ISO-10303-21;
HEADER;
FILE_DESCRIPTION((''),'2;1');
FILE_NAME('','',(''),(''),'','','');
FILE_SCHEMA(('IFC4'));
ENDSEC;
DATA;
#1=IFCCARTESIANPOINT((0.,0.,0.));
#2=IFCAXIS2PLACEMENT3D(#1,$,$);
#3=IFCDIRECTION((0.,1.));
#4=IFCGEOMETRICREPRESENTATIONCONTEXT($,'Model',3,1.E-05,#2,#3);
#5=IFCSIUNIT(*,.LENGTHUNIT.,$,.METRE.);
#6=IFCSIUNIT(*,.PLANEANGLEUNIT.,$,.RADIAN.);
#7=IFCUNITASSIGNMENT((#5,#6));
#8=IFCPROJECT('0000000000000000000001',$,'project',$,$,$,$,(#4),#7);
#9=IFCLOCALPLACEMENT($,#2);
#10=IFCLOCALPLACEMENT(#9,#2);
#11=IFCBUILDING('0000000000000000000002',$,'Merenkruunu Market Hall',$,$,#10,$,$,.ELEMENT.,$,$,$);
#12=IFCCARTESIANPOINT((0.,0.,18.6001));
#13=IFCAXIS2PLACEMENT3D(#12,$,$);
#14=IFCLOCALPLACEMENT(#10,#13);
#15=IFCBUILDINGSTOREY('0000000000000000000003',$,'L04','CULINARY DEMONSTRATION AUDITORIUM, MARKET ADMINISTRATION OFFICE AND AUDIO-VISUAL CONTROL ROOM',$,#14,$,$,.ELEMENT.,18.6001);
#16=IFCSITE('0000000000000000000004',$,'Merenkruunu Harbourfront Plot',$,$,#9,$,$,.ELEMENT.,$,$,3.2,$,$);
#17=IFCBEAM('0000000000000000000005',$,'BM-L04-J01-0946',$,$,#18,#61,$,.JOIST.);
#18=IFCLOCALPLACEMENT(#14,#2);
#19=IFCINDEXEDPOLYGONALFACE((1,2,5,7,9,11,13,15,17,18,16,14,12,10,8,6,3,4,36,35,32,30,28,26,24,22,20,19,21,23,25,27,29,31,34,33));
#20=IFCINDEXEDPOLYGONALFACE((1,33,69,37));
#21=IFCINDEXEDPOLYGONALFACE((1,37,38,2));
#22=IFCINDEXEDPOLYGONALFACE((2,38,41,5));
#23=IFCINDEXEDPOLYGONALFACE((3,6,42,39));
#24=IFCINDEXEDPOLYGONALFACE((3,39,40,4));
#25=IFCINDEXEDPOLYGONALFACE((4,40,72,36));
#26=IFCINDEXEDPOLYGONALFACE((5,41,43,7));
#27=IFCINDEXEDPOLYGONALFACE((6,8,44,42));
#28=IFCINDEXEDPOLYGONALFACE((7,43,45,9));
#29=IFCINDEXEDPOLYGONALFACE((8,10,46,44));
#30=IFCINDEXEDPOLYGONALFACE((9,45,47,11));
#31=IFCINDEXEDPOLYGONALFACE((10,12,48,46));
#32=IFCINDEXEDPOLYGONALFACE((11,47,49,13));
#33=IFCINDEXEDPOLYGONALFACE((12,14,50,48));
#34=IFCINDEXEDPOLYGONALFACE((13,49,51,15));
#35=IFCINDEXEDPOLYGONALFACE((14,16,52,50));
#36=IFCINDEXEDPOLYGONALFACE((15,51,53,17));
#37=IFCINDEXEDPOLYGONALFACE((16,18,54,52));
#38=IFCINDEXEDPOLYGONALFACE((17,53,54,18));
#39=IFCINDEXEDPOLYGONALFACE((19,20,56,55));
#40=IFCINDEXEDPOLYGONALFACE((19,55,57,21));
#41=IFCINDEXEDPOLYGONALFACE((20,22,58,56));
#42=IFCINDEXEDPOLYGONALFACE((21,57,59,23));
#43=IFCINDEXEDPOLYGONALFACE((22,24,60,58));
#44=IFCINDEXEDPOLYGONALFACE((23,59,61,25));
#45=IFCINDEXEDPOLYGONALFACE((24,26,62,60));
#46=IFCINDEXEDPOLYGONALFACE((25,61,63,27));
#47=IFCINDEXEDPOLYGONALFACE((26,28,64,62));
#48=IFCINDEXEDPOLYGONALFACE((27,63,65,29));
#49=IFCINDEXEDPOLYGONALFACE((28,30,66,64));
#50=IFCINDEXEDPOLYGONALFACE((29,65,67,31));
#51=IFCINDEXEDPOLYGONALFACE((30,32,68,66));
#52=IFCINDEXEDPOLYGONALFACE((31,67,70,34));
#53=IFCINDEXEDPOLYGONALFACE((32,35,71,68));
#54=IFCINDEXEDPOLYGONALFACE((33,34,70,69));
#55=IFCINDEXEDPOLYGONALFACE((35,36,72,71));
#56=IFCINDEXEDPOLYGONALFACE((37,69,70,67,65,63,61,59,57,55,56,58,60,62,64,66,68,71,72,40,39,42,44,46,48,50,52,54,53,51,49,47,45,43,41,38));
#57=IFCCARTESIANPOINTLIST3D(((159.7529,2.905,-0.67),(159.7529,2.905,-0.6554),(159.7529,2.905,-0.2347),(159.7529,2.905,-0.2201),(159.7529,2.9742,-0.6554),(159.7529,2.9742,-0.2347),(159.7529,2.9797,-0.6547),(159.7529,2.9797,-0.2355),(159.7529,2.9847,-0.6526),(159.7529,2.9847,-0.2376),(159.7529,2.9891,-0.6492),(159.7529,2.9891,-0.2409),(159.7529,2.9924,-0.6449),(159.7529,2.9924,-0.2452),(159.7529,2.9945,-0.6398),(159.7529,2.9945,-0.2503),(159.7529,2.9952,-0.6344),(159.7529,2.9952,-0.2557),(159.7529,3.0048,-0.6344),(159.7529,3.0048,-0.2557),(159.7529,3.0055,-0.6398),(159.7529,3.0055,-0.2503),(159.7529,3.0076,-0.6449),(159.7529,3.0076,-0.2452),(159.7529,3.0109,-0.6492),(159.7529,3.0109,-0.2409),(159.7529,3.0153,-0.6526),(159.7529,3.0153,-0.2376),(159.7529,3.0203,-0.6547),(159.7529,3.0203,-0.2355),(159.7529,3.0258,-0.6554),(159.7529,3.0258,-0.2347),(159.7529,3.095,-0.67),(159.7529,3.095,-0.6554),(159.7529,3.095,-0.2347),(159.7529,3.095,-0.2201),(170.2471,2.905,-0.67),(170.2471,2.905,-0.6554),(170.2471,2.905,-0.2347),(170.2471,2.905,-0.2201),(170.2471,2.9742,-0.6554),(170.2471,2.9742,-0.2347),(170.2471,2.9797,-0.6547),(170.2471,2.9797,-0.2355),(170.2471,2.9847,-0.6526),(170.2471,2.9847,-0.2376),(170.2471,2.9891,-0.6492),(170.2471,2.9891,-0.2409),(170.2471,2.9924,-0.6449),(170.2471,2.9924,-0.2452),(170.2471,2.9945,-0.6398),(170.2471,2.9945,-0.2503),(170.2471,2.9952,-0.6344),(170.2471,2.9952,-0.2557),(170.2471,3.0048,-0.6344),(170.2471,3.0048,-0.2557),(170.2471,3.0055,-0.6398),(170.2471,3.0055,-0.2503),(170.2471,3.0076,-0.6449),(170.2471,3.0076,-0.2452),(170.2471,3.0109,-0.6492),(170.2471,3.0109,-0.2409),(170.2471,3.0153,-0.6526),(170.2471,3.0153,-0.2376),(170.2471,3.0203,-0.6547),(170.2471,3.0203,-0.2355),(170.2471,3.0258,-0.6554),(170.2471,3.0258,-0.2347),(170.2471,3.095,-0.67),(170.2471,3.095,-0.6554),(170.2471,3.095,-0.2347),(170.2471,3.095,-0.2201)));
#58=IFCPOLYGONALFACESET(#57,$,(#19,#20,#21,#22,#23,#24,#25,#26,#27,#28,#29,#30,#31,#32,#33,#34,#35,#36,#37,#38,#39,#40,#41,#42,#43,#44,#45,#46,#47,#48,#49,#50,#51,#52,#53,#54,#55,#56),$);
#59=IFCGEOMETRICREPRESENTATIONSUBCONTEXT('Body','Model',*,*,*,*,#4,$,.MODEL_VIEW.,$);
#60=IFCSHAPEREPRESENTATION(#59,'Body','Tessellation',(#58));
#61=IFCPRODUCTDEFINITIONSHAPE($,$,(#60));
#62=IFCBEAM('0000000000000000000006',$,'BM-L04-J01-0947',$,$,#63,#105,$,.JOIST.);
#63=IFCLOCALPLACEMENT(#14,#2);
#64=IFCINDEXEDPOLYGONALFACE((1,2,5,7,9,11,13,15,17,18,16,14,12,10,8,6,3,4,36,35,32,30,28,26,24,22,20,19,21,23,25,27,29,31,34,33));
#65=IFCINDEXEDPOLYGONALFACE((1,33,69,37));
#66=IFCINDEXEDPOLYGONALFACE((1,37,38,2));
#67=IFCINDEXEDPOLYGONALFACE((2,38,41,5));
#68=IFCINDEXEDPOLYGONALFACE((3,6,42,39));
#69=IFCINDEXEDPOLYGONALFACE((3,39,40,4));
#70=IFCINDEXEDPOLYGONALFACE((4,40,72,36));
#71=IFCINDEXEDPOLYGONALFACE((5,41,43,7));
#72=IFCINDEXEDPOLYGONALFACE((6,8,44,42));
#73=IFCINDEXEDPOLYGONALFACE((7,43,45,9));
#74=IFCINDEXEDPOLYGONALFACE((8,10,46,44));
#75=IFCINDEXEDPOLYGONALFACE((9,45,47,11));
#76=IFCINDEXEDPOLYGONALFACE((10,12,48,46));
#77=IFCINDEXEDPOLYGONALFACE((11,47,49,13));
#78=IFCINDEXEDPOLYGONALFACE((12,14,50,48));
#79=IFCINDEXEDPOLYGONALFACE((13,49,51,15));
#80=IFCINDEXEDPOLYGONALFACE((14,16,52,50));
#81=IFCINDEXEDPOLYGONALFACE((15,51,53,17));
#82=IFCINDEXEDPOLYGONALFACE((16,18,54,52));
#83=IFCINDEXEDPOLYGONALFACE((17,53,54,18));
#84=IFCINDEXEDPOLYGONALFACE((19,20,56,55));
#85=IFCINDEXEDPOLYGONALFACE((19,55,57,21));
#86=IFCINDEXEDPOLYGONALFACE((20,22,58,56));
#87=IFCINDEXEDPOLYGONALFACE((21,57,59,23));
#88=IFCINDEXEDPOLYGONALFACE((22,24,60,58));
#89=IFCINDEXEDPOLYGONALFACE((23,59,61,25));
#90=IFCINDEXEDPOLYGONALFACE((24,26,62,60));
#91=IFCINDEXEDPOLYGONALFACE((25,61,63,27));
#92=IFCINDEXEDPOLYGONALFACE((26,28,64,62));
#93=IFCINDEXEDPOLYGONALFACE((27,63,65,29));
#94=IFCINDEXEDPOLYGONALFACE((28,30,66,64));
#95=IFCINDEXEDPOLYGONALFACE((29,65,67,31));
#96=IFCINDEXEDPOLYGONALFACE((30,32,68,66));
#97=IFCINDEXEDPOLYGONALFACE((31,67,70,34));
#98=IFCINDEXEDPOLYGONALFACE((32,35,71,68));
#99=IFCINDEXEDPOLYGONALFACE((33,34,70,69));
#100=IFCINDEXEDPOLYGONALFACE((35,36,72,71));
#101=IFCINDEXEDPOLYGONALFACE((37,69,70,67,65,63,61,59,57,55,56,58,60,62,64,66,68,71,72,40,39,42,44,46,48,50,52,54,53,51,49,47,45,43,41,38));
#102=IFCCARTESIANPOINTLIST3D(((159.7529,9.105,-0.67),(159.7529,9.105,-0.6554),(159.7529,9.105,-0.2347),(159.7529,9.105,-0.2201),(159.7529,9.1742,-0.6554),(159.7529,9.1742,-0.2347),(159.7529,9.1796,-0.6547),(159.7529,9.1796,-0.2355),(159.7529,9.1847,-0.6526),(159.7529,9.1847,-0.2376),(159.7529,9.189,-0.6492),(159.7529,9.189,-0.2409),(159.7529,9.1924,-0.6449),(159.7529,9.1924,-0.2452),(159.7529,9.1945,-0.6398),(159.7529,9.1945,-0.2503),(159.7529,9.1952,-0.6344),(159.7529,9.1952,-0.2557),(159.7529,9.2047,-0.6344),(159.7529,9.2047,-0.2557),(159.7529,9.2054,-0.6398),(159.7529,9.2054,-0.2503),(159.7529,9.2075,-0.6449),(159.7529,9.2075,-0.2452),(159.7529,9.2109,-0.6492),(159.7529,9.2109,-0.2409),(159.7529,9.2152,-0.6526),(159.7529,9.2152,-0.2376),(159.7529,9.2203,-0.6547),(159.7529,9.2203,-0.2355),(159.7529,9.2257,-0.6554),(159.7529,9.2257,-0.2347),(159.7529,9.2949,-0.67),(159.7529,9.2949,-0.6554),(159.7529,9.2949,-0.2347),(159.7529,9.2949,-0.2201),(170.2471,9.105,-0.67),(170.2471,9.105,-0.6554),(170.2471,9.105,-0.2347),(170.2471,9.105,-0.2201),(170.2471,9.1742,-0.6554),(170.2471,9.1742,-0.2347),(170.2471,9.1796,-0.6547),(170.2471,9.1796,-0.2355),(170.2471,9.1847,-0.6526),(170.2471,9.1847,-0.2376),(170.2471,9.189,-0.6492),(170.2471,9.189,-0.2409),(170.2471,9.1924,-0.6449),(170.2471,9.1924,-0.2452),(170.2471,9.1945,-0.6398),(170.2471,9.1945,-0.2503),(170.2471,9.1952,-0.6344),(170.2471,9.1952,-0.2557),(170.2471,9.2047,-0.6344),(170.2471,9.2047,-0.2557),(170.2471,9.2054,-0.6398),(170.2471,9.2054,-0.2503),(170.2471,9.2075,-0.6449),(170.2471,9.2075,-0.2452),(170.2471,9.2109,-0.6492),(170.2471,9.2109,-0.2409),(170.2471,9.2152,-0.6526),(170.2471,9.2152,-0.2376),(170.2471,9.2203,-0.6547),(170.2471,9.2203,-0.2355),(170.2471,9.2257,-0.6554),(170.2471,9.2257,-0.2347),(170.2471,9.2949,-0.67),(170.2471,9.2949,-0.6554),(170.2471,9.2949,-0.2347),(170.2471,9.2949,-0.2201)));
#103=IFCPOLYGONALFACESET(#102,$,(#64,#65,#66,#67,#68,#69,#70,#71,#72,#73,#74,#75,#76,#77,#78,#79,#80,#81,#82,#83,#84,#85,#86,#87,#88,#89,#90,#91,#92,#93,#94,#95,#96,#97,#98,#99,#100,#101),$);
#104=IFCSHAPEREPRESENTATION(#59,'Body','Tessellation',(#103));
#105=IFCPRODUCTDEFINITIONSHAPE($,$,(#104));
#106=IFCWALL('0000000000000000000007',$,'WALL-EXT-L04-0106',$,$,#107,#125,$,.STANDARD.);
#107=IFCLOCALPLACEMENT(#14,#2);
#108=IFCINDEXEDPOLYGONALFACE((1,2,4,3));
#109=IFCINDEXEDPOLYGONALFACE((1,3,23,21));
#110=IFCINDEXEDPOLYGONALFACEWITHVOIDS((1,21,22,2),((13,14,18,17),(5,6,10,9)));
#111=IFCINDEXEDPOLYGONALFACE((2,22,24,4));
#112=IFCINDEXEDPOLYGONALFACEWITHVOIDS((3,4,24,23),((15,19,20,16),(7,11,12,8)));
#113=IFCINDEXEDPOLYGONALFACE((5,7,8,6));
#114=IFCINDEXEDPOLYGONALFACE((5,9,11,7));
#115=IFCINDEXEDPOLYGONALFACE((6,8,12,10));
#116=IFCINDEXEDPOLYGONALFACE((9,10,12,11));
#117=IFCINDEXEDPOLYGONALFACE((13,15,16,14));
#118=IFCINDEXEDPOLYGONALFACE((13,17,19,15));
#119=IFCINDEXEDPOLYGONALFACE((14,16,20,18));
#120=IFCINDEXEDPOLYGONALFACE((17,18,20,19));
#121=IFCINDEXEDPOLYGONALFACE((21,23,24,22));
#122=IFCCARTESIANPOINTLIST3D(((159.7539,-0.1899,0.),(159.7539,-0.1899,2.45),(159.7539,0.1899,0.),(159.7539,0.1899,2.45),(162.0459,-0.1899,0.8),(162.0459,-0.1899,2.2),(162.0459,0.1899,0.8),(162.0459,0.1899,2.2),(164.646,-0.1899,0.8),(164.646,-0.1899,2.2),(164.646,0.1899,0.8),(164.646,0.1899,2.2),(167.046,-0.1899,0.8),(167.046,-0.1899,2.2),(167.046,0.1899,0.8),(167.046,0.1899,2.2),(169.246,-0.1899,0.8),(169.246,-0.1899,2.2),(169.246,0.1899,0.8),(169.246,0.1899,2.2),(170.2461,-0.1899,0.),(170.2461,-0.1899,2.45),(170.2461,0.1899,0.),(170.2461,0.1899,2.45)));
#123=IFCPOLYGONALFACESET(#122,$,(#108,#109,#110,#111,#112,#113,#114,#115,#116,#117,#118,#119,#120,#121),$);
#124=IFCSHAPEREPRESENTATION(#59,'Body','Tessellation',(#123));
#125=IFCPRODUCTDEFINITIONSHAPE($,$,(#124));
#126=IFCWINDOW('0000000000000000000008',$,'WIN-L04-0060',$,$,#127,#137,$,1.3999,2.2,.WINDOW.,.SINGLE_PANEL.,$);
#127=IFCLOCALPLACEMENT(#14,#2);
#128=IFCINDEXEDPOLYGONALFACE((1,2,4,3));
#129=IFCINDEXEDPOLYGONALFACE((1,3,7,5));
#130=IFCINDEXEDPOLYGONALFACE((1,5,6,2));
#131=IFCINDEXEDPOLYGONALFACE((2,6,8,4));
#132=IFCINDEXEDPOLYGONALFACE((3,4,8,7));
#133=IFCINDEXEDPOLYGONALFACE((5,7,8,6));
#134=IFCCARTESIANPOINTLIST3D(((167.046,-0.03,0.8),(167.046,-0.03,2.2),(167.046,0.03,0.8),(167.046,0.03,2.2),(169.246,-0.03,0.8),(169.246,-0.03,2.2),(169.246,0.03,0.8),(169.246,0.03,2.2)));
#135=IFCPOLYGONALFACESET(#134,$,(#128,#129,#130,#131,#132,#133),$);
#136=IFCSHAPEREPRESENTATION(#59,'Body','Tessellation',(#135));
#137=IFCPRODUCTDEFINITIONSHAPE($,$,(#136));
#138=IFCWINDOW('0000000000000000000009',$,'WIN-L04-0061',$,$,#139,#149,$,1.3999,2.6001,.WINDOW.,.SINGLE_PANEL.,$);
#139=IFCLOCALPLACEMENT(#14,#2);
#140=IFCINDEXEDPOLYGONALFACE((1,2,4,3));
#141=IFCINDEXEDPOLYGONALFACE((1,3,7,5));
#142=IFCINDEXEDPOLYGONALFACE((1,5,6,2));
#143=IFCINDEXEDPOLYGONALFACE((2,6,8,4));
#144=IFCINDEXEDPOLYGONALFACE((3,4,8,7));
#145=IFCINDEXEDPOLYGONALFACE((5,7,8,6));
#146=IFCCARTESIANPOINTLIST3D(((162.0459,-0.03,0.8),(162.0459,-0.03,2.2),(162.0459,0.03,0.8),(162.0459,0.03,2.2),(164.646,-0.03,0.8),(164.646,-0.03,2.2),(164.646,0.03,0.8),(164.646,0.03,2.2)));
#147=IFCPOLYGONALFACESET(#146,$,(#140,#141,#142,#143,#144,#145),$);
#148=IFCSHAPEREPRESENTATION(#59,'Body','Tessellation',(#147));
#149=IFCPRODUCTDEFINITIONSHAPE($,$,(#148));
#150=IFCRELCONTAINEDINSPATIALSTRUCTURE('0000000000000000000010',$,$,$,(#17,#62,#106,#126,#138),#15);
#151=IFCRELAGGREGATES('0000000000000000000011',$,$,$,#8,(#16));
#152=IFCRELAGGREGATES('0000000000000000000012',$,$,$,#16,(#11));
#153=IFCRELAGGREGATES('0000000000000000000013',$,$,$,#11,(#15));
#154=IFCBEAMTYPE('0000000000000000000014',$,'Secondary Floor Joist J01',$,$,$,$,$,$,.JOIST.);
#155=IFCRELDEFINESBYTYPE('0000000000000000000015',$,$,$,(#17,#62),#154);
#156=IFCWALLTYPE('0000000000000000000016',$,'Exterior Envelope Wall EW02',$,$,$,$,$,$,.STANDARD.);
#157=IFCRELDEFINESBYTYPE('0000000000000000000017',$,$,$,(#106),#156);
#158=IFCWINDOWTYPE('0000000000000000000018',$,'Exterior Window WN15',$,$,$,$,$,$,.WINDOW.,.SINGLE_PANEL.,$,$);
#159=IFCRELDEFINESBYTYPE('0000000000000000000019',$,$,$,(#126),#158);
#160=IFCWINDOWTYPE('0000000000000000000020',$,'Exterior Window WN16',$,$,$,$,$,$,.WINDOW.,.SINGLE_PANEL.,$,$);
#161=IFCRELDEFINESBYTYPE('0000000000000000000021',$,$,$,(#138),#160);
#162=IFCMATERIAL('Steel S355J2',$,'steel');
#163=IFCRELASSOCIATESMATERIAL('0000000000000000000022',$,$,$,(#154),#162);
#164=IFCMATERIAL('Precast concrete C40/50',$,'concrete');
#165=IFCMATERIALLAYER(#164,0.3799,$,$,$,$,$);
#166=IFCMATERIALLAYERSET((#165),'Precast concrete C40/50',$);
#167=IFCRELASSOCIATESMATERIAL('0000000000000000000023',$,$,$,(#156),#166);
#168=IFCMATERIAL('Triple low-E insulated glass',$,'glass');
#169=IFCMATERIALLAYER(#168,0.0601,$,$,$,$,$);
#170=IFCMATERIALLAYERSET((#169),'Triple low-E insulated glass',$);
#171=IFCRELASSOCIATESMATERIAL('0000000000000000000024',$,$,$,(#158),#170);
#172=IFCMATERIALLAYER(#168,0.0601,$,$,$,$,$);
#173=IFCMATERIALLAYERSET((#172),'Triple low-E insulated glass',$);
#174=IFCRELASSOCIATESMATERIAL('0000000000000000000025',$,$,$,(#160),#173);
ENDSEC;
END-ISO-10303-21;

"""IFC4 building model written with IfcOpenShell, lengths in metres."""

from ifc_helpers import new_model, si_unit, direction, frame, frame_2d, origin, origin_2d, place, context, subcontext, project, spatial, rectangle, i_section, extrude, material, layer, layer_set, material_profile, profile_set, type_object, element, fill, save


model = new_model("IFC4")

# Units and contexts
model_context = context("Model", 3, precision=1e-05, world=origin(), true_north=direction((0.0, 1.0)))
body_context = subcontext(model_context, "Body", "Model", "MODEL_VIEW")
ifc_project = project(units=[si_unit("LENGTHUNIT", "METRE"), si_unit("PLANEANGLEUNIT", "RADIAN")], contexts=[model_context])

# Site, building, storey
site_placement = place(None, origin())
site = spatial("IfcSite", under=ifc_project, at=site_placement, Name="Merenkruunu Harbourfront Plot", CompositionType="ELEMENT", RefElevation=3.2)
building_placement = place(site_placement, origin())
building = spatial("IfcBuilding", under=site, at=building_placement, Name="Merenkruunu Market Hall", CompositionType="ELEMENT")
storey_placement = place(building_placement, frame((0.0, 0.0, 18.6001)))
storey = spatial("IfcBuildingStorey", under=building, at=storey_placement, Name="L04", Description="CULINARY DEMONSTRATION AUDITORIUM, MARKET ADMINISTRATION OFFICE AND AUDIO-VISUAL CONTROL ROOM", CompositionType="ELEMENT", Elevation=18.6001)

# Shared definitions
ifc_material_1 = material(Name="Steel S355J2", Category="steel")

# Beams
ifc_material_profile_1 = material_profile(ifc_material_1, i_section(OverallWidth=0.1899, OverallDepth=0.45, WebThickness=0.0095, FlangeThickness=0.0146, FilletRadius=0.021, at=origin_2d()), Name="IPE 450")
ifc_profile_set_1 = profile_set([ifc_material_profile_1], Name="Steel S355J2")
beam_type_1 = type_object("IfcBeamType", Name="Secondary Floor Joist J01", PredefinedType="JOIST", material=ifc_profile_set_1)
for number, where, z_axis, x_axis, name in (
    (1, (159.7529, 3.0, -0.4451), (1.0, 0.0, 0.0), (0.0, 1.0, 0.0), "BM-L04-J01-0946"),
    (2, (159.7529, 9.2, -0.4451), (1.0, 0.0, 0.0), (0.0, 1.0, 0.0), "BM-L04-J01-0947"),
):
    element("IfcBeam", number, at=place(storey_placement, frame(where, z_axis=z_axis, x_axis=x_axis)), inside=storey, type_object=beam_type_1, Name=name, PredefinedType="JOIST", context=body_context, shape_type="SweptSolid", body=[
        extrude(i_section(OverallWidth=0.1899, OverallDepth=0.45, WebThickness=0.0095, FlangeThickness=0.0146, FilletRadius=0.021, at=origin_2d()), origin(), (0.0, 0.0, 1.0), 10.4941),
    ])

# Wall, openings, windows
ifc_material_2 = material(Name="Precast concrete C40/50", Category="concrete")
ifc_layer_1 = layer(ifc_material_2, 0.3799)
ifc_layer_set_1 = layer_set([ifc_layer_1], Name="Precast concrete C40/50")
wall_type_1 = type_object("IfcWallType", Name="Exterior Envelope Wall EW02", PredefinedType="STANDARD", material=ifc_layer_set_1)
wall_1_placement = place(storey_placement, frame((170.2461, 0.0, 0.0), z_axis=(0.0, 0.0, 1.0), x_axis=(-1.0, 0.0, 0.0)))
wall_1 = element("IfcWall", 3, at=wall_1_placement, inside=storey, type_object=wall_type_1, Name="WALL-EXT-L04-0106", PredefinedType="STANDARD", context=body_context, shape_type="SweptSolid", body=[
    extrude(rectangle(XDim=10.4922, YDim=0.3799, at=frame_2d((5.2461, 0.0))), origin(), (0.0, 0.0, 1.0), 2.45),
])
opening_1_placement = place(wall_1_placement, frame((1.0, 0.0, 0.8)))
opening_1 = element("IfcOpeningElement", 4, at=opening_1_placement, cuts=wall_1, PredefinedType="OPENING", context=body_context, shape_type="SweptSolid", body=[
    extrude(rectangle(XDim=2.2, YDim=1.3999, at=frame_2d((1.1001, 0.7))), frame((0.0, 0.2, 0.0), z_axis=(0.0, -1.0, 0.0), x_axis=(1.0, 0.0, 0.0)), (0.0, 0.0, 1.0), 0.3999),
])
opening_2_placement = place(wall_1_placement, frame((5.6001, 0.0, 0.8)))
opening_2 = element("IfcOpeningElement", 5, at=opening_2_placement, cuts=wall_1, PredefinedType="OPENING", context=body_context, shape_type="SweptSolid", body=[
    extrude(rectangle(XDim=2.6001, YDim=1.3999, at=frame_2d((1.3, 0.7))), frame((0.0, 0.2, 0.0), z_axis=(0.0, -1.0, 0.0), x_axis=(1.0, 0.0, 0.0)), (0.0, 0.0, 1.0), 0.3999),
])
ifc_material_3 = material(Name="Triple low-E insulated glass", Category="glass")
ifc_layer_2 = layer(ifc_material_3, 0.0601)
ifc_layer_set_2 = layer_set([ifc_layer_2], Name="Triple low-E insulated glass")
window_type_1 = type_object("IfcWindowType", Name="Exterior Window WN15", PartitioningType="SINGLE_PANEL", PredefinedType="WINDOW", material=ifc_layer_set_2)
window_1_placement = place(opening_1_placement, origin())
window_1 = element("IfcWindow", 6, at=window_1_placement, inside=storey, type_object=window_type_1, Name="WIN-L04-0060", OverallHeight=1.3999, OverallWidth=2.2, PartitioningType="SINGLE_PANEL", PredefinedType="WINDOW", context=body_context, shape_type="SweptSolid", body=[
    extrude(rectangle(XDim=2.2, YDim=1.3999, at=frame_2d((1.1001, 0.7))), frame((0.0, 0.03, 0.0), z_axis=(0.0, -1.0, 0.0), x_axis=(1.0, 0.0, 0.0)), (0.0, 0.0, 1.0), 0.0601),
])
fill(opening_1, window_1)
ifc_layer_3 = layer(ifc_material_3, 0.0601)
ifc_layer_set_3 = layer_set([ifc_layer_3], Name="Triple low-E insulated glass")
window_type_2 = type_object("IfcWindowType", Name="Exterior Window WN16", PartitioningType="SINGLE_PANEL", PredefinedType="WINDOW", material=ifc_layer_set_3)
window_2_placement = place(opening_2_placement, origin())
window_2 = element("IfcWindow", 7, at=window_2_placement, inside=storey, type_object=window_type_2, Name="WIN-L04-0061", OverallHeight=1.3999, OverallWidth=2.6001, PartitioningType="SINGLE_PANEL", PredefinedType="WINDOW", context=body_context, shape_type="SweptSolid", body=[
    extrude(rectangle(XDim=2.6001, YDim=1.3999, at=frame_2d((1.3, 0.7))), frame((0.0, 0.03, 0.0), z_axis=(0.0, -1.0, 0.0), x_axis=(1.0, 0.0, 0.0)), (0.0, 0.0, 1.0), 0.0601),
])
fill(opening_2, window_2)

save(model, "model.ifc")
